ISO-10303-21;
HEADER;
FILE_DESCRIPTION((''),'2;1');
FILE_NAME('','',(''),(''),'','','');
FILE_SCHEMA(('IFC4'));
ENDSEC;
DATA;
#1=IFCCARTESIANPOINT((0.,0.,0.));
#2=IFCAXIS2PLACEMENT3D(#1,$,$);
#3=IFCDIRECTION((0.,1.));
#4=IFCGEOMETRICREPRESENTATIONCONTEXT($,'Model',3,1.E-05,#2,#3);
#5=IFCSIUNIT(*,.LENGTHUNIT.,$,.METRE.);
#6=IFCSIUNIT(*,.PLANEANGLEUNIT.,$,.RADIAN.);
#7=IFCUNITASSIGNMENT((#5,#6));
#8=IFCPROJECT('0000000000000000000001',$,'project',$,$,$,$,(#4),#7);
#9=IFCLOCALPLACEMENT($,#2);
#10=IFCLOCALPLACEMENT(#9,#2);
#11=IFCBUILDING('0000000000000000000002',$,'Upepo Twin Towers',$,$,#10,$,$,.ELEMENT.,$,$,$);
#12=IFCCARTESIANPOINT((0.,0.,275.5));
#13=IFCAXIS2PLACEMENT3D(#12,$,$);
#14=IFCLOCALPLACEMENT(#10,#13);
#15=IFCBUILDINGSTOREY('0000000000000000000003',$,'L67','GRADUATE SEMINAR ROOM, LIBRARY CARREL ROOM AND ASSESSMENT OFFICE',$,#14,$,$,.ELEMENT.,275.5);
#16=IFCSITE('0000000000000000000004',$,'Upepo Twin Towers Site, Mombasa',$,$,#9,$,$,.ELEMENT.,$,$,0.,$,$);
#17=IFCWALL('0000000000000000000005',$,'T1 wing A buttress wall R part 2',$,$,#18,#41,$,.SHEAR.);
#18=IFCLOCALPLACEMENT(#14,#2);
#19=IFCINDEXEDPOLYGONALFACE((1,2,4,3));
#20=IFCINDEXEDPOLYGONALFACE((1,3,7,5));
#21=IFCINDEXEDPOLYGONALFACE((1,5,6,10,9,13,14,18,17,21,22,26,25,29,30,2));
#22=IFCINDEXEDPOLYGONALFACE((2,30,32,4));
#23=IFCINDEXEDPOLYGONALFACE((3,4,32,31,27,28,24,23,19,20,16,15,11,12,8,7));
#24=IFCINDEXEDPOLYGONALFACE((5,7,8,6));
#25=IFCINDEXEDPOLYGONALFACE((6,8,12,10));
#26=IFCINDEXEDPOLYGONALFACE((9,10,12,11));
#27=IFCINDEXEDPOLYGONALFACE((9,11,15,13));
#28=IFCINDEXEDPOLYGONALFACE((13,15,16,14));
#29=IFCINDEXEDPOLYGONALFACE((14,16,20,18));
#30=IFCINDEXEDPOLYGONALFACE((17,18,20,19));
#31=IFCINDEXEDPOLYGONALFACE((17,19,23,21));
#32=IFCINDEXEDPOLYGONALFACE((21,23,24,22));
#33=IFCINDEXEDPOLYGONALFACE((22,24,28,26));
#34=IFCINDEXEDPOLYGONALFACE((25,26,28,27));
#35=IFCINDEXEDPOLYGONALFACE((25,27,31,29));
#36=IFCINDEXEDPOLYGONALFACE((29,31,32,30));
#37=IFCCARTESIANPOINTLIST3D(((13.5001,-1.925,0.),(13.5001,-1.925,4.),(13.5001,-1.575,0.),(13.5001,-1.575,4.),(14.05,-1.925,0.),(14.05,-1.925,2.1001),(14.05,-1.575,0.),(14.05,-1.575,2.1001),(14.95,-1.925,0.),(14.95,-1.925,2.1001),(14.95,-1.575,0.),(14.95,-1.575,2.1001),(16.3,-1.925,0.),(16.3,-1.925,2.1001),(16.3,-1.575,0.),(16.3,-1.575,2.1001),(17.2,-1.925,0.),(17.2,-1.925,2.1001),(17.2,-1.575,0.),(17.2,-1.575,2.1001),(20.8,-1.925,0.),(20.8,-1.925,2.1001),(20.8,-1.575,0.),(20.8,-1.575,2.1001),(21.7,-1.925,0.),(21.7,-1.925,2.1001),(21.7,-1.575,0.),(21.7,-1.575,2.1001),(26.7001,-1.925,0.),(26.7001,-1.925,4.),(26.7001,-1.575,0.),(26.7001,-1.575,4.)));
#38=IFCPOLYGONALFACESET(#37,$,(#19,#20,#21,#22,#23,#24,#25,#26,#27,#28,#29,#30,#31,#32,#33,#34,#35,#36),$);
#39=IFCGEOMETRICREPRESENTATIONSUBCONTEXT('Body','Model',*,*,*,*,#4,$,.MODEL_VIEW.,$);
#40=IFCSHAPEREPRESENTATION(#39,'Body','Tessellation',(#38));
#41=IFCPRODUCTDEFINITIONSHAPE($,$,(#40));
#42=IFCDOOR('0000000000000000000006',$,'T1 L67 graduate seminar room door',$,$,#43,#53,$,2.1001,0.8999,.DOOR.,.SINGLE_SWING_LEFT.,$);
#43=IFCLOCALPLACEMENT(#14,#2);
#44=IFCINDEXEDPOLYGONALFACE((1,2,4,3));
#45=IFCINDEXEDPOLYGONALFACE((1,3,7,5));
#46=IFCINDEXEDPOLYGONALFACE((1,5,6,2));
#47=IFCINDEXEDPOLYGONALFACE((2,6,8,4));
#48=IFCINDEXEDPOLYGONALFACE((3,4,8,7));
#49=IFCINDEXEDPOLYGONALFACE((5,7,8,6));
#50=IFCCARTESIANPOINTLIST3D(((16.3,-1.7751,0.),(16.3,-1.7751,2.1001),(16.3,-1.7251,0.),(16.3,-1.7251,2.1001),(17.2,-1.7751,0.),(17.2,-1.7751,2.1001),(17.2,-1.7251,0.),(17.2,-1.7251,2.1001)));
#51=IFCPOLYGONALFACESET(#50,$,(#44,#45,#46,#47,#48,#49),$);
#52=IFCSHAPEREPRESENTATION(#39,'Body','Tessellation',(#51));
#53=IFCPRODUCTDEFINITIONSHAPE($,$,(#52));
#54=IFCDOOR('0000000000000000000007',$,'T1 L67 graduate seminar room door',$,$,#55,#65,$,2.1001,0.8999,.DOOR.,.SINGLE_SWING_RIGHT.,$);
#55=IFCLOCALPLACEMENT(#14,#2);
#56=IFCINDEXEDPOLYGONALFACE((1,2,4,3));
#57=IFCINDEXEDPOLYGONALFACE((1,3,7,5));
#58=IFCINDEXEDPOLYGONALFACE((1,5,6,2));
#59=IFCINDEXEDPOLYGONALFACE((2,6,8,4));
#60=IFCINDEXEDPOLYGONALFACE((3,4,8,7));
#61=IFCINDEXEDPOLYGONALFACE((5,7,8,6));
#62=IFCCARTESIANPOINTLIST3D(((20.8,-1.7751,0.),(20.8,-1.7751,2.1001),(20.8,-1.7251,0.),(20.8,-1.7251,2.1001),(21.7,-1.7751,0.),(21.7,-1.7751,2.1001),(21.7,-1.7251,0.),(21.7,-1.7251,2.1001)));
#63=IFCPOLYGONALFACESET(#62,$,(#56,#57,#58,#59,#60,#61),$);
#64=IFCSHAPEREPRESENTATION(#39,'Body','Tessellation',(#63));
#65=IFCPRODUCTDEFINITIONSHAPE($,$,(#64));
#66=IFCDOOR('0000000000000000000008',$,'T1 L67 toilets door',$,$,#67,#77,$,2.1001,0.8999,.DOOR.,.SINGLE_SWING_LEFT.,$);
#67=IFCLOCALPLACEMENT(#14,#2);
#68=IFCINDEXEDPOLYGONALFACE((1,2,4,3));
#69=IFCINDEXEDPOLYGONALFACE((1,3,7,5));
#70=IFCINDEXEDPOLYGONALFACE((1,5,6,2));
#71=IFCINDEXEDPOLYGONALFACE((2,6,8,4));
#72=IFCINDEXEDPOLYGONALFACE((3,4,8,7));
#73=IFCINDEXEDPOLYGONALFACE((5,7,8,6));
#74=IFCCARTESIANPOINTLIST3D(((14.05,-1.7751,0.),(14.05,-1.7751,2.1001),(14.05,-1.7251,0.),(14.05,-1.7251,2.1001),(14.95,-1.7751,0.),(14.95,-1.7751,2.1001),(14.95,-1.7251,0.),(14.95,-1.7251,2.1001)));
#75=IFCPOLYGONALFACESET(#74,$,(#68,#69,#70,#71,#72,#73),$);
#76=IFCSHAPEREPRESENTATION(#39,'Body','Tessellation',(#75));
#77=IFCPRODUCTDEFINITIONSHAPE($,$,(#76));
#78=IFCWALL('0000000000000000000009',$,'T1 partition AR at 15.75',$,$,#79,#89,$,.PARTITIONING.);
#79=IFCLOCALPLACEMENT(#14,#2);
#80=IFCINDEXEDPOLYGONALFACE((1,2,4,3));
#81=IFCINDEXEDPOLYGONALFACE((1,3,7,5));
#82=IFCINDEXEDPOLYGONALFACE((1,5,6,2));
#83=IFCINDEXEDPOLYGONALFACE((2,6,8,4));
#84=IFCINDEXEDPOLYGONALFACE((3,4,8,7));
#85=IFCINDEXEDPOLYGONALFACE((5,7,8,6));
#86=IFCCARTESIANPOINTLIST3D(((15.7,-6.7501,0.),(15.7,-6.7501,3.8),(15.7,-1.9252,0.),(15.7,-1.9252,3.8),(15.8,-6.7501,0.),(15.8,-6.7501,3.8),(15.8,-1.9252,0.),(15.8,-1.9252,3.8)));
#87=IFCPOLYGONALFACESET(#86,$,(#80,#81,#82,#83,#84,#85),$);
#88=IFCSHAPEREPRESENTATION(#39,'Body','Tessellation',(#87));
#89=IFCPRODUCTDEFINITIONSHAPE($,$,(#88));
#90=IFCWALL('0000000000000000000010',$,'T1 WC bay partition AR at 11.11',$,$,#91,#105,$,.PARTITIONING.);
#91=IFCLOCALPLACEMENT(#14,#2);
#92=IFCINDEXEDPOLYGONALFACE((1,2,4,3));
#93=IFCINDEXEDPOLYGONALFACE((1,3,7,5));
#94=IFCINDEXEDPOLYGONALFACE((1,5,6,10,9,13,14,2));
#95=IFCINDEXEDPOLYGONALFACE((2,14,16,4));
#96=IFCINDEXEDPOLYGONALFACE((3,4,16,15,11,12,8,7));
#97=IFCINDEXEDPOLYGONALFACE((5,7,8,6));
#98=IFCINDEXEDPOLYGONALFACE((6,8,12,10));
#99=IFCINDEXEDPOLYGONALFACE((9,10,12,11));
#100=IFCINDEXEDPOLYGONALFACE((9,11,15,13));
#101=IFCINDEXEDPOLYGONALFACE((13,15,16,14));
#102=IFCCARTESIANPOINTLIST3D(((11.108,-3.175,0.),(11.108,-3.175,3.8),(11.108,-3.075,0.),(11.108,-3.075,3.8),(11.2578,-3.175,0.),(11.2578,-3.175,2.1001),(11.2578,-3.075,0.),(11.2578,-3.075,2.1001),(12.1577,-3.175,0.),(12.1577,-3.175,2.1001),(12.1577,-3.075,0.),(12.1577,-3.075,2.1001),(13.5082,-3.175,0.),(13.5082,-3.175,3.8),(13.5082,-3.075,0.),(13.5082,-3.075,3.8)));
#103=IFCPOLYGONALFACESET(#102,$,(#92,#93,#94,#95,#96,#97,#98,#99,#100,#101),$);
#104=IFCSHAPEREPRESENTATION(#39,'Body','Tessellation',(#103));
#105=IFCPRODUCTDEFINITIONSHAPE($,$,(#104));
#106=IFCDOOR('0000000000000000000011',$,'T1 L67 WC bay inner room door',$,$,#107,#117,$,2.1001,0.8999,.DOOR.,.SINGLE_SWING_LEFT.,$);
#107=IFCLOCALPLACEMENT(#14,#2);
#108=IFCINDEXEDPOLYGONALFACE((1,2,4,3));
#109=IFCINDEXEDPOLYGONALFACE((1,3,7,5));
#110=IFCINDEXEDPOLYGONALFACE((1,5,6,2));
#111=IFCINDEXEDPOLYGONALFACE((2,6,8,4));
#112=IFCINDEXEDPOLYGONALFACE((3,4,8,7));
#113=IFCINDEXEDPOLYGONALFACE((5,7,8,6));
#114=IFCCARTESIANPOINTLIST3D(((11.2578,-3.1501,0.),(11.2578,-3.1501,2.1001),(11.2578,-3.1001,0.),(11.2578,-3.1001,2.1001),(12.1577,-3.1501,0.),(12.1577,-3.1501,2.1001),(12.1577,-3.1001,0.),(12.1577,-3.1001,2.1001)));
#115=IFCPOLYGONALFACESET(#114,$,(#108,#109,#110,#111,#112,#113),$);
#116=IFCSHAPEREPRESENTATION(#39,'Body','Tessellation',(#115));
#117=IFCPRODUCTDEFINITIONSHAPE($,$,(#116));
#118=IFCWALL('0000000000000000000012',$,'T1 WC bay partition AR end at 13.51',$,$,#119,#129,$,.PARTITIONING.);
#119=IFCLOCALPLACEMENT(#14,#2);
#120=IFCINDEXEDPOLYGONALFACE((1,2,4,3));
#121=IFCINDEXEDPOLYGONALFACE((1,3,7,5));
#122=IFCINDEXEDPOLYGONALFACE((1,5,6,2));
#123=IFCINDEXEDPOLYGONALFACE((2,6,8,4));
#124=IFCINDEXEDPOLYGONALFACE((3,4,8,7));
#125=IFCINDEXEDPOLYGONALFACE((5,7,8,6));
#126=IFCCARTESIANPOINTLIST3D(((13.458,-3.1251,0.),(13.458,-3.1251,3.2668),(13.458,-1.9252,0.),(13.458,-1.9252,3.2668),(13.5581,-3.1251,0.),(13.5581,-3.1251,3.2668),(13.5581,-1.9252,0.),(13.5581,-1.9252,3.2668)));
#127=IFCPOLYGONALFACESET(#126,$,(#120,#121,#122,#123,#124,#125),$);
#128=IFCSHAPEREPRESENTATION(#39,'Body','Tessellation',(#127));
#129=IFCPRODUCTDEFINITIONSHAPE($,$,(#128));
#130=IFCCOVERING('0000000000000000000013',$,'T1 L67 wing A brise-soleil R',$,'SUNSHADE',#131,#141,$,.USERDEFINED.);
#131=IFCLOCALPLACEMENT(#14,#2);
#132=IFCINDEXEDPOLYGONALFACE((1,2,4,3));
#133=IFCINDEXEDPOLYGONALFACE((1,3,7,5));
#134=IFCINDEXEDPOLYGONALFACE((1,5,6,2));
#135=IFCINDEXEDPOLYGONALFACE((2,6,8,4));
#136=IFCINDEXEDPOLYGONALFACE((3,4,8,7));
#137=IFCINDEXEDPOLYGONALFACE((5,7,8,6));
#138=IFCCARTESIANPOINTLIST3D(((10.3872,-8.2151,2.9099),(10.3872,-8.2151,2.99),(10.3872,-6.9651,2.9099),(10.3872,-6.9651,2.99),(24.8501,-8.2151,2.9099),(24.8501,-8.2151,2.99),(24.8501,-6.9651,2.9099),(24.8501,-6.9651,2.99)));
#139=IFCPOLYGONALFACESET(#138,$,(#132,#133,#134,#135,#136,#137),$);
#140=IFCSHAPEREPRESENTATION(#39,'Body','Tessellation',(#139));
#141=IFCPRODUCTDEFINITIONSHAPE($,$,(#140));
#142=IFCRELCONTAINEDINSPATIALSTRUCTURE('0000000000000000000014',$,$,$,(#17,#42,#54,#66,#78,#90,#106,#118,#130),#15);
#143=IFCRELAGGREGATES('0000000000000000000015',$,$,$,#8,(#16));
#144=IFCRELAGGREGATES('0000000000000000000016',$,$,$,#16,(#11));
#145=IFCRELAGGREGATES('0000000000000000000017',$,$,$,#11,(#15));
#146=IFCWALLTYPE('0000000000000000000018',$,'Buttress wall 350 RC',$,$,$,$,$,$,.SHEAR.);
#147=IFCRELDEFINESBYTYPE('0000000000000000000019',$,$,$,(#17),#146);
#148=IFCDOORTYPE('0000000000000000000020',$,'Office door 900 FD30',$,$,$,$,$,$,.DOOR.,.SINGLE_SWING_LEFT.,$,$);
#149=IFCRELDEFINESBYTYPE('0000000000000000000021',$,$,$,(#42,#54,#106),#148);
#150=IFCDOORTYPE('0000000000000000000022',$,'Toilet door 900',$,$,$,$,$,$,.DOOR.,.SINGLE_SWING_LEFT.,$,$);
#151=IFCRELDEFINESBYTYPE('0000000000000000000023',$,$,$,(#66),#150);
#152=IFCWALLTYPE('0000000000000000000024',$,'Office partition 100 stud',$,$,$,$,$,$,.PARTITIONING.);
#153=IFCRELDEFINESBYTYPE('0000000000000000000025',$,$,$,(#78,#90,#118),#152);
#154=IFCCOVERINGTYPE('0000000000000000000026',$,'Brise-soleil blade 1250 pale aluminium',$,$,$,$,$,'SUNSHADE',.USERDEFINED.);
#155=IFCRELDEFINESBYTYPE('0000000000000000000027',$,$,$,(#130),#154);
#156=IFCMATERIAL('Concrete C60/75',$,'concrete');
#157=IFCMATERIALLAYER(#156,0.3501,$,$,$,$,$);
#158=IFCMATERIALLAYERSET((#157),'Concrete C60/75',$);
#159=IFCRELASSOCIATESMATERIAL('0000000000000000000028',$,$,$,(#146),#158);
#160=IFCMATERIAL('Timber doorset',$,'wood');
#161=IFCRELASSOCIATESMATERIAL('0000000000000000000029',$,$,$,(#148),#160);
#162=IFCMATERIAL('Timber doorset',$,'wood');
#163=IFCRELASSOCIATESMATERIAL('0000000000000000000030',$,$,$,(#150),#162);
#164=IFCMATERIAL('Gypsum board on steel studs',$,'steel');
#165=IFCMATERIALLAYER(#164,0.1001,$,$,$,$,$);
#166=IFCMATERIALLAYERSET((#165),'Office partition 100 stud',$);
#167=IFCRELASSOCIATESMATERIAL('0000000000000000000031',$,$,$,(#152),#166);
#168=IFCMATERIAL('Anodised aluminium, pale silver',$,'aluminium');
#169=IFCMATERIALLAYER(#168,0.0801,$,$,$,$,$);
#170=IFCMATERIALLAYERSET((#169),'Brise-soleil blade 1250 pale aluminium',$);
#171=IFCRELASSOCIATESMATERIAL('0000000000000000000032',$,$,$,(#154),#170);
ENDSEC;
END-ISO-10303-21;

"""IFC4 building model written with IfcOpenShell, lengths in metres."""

from ifc_helpers import new_model, si_unit, direction, frame, frame_2d, origin, origin_2d, place, context, subcontext, project, spatial, rectangle, extrude, material, layer, layer_set, type_object, element, fill, save


model = new_model("IFC4")

# Units and contexts
model_context = context("Model", 3, precision=1e-05, world=origin(), true_north=direction((0.0, 1.0)))
body_context = subcontext(model_context, "Body", "Model", "MODEL_VIEW")
ifc_project = project(units=[si_unit("LENGTHUNIT", "METRE"), si_unit("PLANEANGLEUNIT", "RADIAN")], contexts=[model_context])

# Site, building, storey
site_placement = place(None, origin())
site = spatial("IfcSite", under=ifc_project, at=site_placement, Name="Upepo Twin Towers Site, Mombasa", CompositionType="ELEMENT", RefElevation=0.0)
building_placement = place(site_placement, origin())
building = spatial("IfcBuilding", under=site, at=building_placement, Name="Upepo Twin Towers", CompositionType="ELEMENT")
storey_placement = place(building_placement, frame((0.0, 0.0, 275.5)))
storey = spatial("IfcBuildingStorey", under=building, at=storey_placement, Name="L67", Description="GRADUATE SEMINAR ROOM, LIBRARY CARREL ROOM AND ASSESSMENT OFFICE", CompositionType="ELEMENT", Elevation=275.5)

# Shared definitions
ifc_material_1 = material(Name="Concrete C60/75", Category="concrete")
ifc_layer_1 = layer(ifc_material_1, 0.3501)
ifc_layer_set_1 = layer_set([ifc_layer_1], Name="Concrete C60/75")
wall_type_1 = type_object("IfcWallType", Name="Buttress wall 350 RC", PredefinedType="SHEAR", material=ifc_layer_set_1)

# Wall, openings, doors
wall_1_placement = place(storey_placement, frame((13.5, -1.75, 0.0), z_axis=(0.0, 0.0, 1.0), x_axis=(1.0, 0.0, 0.0)))
wall_1 = element("IfcWall", 1, at=wall_1_placement, inside=storey, type_object=wall_type_1, Name="T1 wing A buttress wall R part 2", PredefinedType="SHEAR", context=body_context, shape_type="SweptSolid", body=[
    extrude(rectangle(XDim=13.2, YDim=0.3501, at=frame_2d((6.6001, 0.0))), origin(), (0.0, 0.0, 1.0), 4.0),
])
opening_1_placement = place(wall_1_placement, frame((0.55, 0.0, 0.0)))
opening_1 = element("IfcOpeningElement", 2, at=opening_1_placement, cuts=wall_1, PredefinedType="OPENING", context=body_context, shape_type="SweptSolid", body=[
    extrude(rectangle(XDim=0.8999, YDim=2.1001, at=frame_2d((0.45, 1.05))), frame((0.0, 0.1851, 0.0), z_axis=(0.0, -1.0, 0.0), x_axis=(1.0, 0.0, 0.0)), (0.0, 0.0, 1.0), 0.3701),
])
opening_2_placement = place(wall_1_placement, frame((2.8, 0.0, 0.0)))
opening_2 = element("IfcOpeningElement", 3, at=opening_2_placement, cuts=wall_1, PredefinedType="OPENING", context=body_context, shape_type="SweptSolid", body=[
    extrude(rectangle(XDim=0.8999, YDim=2.1001, at=frame_2d((0.45, 1.05))), frame((0.0, 0.1851, 0.0), z_axis=(0.0, -1.0, 0.0), x_axis=(1.0, 0.0, 0.0)), (0.0, 0.0, 1.0), 0.3701),
])
opening_3_placement = place(wall_1_placement, frame((7.3, 0.0, 0.0)))
opening_3 = element("IfcOpeningElement", 4, at=opening_3_placement, cuts=wall_1, PredefinedType="OPENING", context=body_context, shape_type="SweptSolid", body=[
    extrude(rectangle(XDim=0.8999, YDim=2.1001, at=frame_2d((0.45, 1.05))), frame((0.0, 0.1851, 0.0), z_axis=(0.0, -1.0, 0.0), x_axis=(1.0, 0.0, 0.0)), (0.0, 0.0, 1.0), 0.3701),
])
ifc_material_2 = material(Name="Timber doorset", Category="wood")
door_type_1 = type_object("IfcDoorType", Name="Office door 900 FD30", OperationType="SINGLE_SWING_LEFT", PredefinedType="DOOR", material=ifc_material_2)
door_1_placement = place(opening_2_placement, origin())
door_1 = element("IfcDoor", 5, at=door_1_placement, inside=storey, type_object=door_type_1, Name="T1 L67 graduate seminar room door", OperationType="SINGLE_SWING_LEFT", OverallHeight=2.1001, OverallWidth=0.8999, PredefinedType="DOOR", context=body_context, shape_type="SweptSolid", body=[
    extrude(rectangle(XDim=0.8999, YDim=2.1001, at=frame_2d((0.45, 1.05))), frame((0.0, 0.0249, 0.0), z_axis=(0.0, -1.0, 0.0), x_axis=(1.0, 0.0, 0.0)), (0.0, 0.0, 1.0), 0.05),
])
fill(opening_2, door_1)
door_2_placement = place(opening_3_placement, origin())
door_2 = element("IfcDoor", 6, at=door_2_placement, inside=storey, type_object=door_type_1, Name="T1 L67 graduate seminar room door", OperationType="SINGLE_SWING_RIGHT", OverallHeight=2.1001, OverallWidth=0.8999, PredefinedType="DOOR", context=body_context, shape_type="SweptSolid", body=[
    extrude(rectangle(XDim=0.8999, YDim=2.1001, at=frame_2d((0.45, 1.05))), frame((0.0, 0.0249, 0.0), z_axis=(0.0, -1.0, 0.0), x_axis=(1.0, 0.0, 0.0)), (0.0, 0.0, 1.0), 0.05),
])
fill(opening_3, door_2)
ifc_material_3 = material(Name="Timber doorset", Category="wood")
door_type_2 = type_object("IfcDoorType", Name="Toilet door 900", OperationType="SINGLE_SWING_LEFT", PredefinedType="DOOR", material=ifc_material_3)
door_3_placement = place(opening_1_placement, origin())
door_3 = element("IfcDoor", 7, at=door_3_placement, inside=storey, type_object=door_type_2, Name="T1 L67 toilets door", OperationType="SINGLE_SWING_LEFT", OverallHeight=2.1001, OverallWidth=0.8999, PredefinedType="DOOR", context=body_context, shape_type="SweptSolid", body=[
    extrude(rectangle(XDim=0.8999, YDim=2.1001, at=frame_2d((0.45, 1.05))), frame((0.0, 0.0249, 0.0), z_axis=(0.0, -1.0, 0.0), x_axis=(1.0, 0.0, 0.0)), (0.0, 0.0, 1.0), 0.05),
])
fill(opening_1, door_3)

# Wall
ifc_material_4 = material(Name="Gypsum board on steel studs", Category="steel")
ifc_layer_2 = layer(ifc_material_4, 0.1001)
ifc_layer_set_2 = layer_set([ifc_layer_2], Name="Office partition 100 stud")
wall_type_2 = type_object("IfcWallType", Name="Office partition 100 stud", PredefinedType="PARTITIONING", material=ifc_layer_set_2)
wall_2_placement = place(storey_placement, frame((15.75, -1.925, 0.0), z_axis=(0.0, 0.0, 1.0), x_axis=(0.0, -1.0, 0.0)))
element("IfcWall", 8, at=wall_2_placement, inside=storey, type_object=wall_type_2, Name="T1 partition AR at 15.75", PredefinedType="PARTITIONING", context=body_context, shape_type="SweptSolid", body=[
    extrude(rectangle(XDim=4.825, YDim=0.1001, at=frame_2d((2.4126, 0.0))), origin(), (0.0, 0.0, 1.0), 3.8),
])

# Wall, opening, door
wall_3_placement = place(storey_placement, frame((11.1079, -3.125, 0.0), z_axis=(0.0, 0.0, 1.0), x_axis=(1.0, 0.0, 0.0)))
wall_3 = element("IfcWall", 9, at=wall_3_placement, inside=storey, type_object=wall_type_2, Name="T1 WC bay partition AR at 11.11", PredefinedType="PARTITIONING", context=body_context, shape_type="SweptSolid", body=[
    extrude(rectangle(XDim=2.4001, YDim=0.1001, at=frame_2d((1.2002, 0.0))), origin(), (0.0, 0.0, 1.0), 3.8),
])
opening_4_placement = place(wall_3_placement, frame((0.1499, 0.0, 0.0)))
opening_4 = element("IfcOpeningElement", 10, at=opening_4_placement, cuts=wall_3, PredefinedType="OPENING", context=body_context, shape_type="SweptSolid", body=[
    extrude(rectangle(XDim=0.8999, YDim=2.1001, at=frame_2d((0.45, 1.05))), frame((0.0, 0.0601, 0.0), z_axis=(0.0, -1.0, 0.0), x_axis=(1.0, 0.0, 0.0)), (0.0, 0.0, 1.0), 0.1201),
])
door_4_placement = place(opening_4_placement, origin())
door_4 = element("IfcDoor", 11, at=door_4_placement, inside=storey, type_object=door_type_1, Name="T1 L67 WC bay inner room door", OperationType="SINGLE_SWING_LEFT", OverallHeight=2.1001, OverallWidth=0.8999, PredefinedType="DOOR", context=body_context, shape_type="SweptSolid", body=[
    extrude(rectangle(XDim=0.8999, YDim=2.1001, at=frame_2d((0.45, 1.05))), frame((0.0, 0.0249, 0.0), z_axis=(0.0, -1.0, 0.0), x_axis=(1.0, 0.0, 0.0)), (0.0, 0.0, 1.0), 0.05),
])
fill(opening_4, door_4)

# Wall
wall_4_placement = place(storey_placement, frame((13.5081, -1.925, 0.0), z_axis=(0.0, 0.0, 1.0), x_axis=(0.0, -1.0, 0.0)))
element("IfcWall", 12, at=wall_4_placement, inside=storey, type_object=wall_type_2, Name="T1 WC bay partition AR end at 13.51", PredefinedType="PARTITIONING", context=body_context, shape_type="SweptSolid", body=[
    extrude(rectangle(XDim=1.2, YDim=0.1001, at=frame_2d((0.6001, 0.0))), origin(), (0.0, 0.0, 1.0), 3.2668),
])

# Covering
ifc_material_5 = material(Name="Anodised aluminium, pale silver", Category="aluminium")
ifc_layer_3 = layer(ifc_material_5, 0.0801)
ifc_layer_set_3 = layer_set([ifc_layer_3], Name="Brise-soleil blade 1250 pale aluminium")
covering_type = type_object("IfcCoveringType", Name="Brise-soleil blade 1250 pale aluminium", ElementType="SUNSHADE", PredefinedType="USERDEFINED", material=ifc_layer_set_3)
covering_placement = place(storey_placement, frame((17.6187, -7.5901, 2.9099), z_axis=(0.0, 0.0, 1.0), x_axis=(1.0, 0.0, 0.0)))
element("IfcCovering", 13, at=covering_placement, inside=storey, type_object=covering_type, Name="T1 L67 wing A brise-soleil R", ObjectType="SUNSHADE", PredefinedType="USERDEFINED", context=body_context, shape_type="SweptSolid", body=[
    extrude(rectangle(XDim=14.4629, YDim=1.25, at=origin_2d()), origin(), (0.0, 0.0, 1.0), 0.0801),
])

save(model, "model.ifc")
